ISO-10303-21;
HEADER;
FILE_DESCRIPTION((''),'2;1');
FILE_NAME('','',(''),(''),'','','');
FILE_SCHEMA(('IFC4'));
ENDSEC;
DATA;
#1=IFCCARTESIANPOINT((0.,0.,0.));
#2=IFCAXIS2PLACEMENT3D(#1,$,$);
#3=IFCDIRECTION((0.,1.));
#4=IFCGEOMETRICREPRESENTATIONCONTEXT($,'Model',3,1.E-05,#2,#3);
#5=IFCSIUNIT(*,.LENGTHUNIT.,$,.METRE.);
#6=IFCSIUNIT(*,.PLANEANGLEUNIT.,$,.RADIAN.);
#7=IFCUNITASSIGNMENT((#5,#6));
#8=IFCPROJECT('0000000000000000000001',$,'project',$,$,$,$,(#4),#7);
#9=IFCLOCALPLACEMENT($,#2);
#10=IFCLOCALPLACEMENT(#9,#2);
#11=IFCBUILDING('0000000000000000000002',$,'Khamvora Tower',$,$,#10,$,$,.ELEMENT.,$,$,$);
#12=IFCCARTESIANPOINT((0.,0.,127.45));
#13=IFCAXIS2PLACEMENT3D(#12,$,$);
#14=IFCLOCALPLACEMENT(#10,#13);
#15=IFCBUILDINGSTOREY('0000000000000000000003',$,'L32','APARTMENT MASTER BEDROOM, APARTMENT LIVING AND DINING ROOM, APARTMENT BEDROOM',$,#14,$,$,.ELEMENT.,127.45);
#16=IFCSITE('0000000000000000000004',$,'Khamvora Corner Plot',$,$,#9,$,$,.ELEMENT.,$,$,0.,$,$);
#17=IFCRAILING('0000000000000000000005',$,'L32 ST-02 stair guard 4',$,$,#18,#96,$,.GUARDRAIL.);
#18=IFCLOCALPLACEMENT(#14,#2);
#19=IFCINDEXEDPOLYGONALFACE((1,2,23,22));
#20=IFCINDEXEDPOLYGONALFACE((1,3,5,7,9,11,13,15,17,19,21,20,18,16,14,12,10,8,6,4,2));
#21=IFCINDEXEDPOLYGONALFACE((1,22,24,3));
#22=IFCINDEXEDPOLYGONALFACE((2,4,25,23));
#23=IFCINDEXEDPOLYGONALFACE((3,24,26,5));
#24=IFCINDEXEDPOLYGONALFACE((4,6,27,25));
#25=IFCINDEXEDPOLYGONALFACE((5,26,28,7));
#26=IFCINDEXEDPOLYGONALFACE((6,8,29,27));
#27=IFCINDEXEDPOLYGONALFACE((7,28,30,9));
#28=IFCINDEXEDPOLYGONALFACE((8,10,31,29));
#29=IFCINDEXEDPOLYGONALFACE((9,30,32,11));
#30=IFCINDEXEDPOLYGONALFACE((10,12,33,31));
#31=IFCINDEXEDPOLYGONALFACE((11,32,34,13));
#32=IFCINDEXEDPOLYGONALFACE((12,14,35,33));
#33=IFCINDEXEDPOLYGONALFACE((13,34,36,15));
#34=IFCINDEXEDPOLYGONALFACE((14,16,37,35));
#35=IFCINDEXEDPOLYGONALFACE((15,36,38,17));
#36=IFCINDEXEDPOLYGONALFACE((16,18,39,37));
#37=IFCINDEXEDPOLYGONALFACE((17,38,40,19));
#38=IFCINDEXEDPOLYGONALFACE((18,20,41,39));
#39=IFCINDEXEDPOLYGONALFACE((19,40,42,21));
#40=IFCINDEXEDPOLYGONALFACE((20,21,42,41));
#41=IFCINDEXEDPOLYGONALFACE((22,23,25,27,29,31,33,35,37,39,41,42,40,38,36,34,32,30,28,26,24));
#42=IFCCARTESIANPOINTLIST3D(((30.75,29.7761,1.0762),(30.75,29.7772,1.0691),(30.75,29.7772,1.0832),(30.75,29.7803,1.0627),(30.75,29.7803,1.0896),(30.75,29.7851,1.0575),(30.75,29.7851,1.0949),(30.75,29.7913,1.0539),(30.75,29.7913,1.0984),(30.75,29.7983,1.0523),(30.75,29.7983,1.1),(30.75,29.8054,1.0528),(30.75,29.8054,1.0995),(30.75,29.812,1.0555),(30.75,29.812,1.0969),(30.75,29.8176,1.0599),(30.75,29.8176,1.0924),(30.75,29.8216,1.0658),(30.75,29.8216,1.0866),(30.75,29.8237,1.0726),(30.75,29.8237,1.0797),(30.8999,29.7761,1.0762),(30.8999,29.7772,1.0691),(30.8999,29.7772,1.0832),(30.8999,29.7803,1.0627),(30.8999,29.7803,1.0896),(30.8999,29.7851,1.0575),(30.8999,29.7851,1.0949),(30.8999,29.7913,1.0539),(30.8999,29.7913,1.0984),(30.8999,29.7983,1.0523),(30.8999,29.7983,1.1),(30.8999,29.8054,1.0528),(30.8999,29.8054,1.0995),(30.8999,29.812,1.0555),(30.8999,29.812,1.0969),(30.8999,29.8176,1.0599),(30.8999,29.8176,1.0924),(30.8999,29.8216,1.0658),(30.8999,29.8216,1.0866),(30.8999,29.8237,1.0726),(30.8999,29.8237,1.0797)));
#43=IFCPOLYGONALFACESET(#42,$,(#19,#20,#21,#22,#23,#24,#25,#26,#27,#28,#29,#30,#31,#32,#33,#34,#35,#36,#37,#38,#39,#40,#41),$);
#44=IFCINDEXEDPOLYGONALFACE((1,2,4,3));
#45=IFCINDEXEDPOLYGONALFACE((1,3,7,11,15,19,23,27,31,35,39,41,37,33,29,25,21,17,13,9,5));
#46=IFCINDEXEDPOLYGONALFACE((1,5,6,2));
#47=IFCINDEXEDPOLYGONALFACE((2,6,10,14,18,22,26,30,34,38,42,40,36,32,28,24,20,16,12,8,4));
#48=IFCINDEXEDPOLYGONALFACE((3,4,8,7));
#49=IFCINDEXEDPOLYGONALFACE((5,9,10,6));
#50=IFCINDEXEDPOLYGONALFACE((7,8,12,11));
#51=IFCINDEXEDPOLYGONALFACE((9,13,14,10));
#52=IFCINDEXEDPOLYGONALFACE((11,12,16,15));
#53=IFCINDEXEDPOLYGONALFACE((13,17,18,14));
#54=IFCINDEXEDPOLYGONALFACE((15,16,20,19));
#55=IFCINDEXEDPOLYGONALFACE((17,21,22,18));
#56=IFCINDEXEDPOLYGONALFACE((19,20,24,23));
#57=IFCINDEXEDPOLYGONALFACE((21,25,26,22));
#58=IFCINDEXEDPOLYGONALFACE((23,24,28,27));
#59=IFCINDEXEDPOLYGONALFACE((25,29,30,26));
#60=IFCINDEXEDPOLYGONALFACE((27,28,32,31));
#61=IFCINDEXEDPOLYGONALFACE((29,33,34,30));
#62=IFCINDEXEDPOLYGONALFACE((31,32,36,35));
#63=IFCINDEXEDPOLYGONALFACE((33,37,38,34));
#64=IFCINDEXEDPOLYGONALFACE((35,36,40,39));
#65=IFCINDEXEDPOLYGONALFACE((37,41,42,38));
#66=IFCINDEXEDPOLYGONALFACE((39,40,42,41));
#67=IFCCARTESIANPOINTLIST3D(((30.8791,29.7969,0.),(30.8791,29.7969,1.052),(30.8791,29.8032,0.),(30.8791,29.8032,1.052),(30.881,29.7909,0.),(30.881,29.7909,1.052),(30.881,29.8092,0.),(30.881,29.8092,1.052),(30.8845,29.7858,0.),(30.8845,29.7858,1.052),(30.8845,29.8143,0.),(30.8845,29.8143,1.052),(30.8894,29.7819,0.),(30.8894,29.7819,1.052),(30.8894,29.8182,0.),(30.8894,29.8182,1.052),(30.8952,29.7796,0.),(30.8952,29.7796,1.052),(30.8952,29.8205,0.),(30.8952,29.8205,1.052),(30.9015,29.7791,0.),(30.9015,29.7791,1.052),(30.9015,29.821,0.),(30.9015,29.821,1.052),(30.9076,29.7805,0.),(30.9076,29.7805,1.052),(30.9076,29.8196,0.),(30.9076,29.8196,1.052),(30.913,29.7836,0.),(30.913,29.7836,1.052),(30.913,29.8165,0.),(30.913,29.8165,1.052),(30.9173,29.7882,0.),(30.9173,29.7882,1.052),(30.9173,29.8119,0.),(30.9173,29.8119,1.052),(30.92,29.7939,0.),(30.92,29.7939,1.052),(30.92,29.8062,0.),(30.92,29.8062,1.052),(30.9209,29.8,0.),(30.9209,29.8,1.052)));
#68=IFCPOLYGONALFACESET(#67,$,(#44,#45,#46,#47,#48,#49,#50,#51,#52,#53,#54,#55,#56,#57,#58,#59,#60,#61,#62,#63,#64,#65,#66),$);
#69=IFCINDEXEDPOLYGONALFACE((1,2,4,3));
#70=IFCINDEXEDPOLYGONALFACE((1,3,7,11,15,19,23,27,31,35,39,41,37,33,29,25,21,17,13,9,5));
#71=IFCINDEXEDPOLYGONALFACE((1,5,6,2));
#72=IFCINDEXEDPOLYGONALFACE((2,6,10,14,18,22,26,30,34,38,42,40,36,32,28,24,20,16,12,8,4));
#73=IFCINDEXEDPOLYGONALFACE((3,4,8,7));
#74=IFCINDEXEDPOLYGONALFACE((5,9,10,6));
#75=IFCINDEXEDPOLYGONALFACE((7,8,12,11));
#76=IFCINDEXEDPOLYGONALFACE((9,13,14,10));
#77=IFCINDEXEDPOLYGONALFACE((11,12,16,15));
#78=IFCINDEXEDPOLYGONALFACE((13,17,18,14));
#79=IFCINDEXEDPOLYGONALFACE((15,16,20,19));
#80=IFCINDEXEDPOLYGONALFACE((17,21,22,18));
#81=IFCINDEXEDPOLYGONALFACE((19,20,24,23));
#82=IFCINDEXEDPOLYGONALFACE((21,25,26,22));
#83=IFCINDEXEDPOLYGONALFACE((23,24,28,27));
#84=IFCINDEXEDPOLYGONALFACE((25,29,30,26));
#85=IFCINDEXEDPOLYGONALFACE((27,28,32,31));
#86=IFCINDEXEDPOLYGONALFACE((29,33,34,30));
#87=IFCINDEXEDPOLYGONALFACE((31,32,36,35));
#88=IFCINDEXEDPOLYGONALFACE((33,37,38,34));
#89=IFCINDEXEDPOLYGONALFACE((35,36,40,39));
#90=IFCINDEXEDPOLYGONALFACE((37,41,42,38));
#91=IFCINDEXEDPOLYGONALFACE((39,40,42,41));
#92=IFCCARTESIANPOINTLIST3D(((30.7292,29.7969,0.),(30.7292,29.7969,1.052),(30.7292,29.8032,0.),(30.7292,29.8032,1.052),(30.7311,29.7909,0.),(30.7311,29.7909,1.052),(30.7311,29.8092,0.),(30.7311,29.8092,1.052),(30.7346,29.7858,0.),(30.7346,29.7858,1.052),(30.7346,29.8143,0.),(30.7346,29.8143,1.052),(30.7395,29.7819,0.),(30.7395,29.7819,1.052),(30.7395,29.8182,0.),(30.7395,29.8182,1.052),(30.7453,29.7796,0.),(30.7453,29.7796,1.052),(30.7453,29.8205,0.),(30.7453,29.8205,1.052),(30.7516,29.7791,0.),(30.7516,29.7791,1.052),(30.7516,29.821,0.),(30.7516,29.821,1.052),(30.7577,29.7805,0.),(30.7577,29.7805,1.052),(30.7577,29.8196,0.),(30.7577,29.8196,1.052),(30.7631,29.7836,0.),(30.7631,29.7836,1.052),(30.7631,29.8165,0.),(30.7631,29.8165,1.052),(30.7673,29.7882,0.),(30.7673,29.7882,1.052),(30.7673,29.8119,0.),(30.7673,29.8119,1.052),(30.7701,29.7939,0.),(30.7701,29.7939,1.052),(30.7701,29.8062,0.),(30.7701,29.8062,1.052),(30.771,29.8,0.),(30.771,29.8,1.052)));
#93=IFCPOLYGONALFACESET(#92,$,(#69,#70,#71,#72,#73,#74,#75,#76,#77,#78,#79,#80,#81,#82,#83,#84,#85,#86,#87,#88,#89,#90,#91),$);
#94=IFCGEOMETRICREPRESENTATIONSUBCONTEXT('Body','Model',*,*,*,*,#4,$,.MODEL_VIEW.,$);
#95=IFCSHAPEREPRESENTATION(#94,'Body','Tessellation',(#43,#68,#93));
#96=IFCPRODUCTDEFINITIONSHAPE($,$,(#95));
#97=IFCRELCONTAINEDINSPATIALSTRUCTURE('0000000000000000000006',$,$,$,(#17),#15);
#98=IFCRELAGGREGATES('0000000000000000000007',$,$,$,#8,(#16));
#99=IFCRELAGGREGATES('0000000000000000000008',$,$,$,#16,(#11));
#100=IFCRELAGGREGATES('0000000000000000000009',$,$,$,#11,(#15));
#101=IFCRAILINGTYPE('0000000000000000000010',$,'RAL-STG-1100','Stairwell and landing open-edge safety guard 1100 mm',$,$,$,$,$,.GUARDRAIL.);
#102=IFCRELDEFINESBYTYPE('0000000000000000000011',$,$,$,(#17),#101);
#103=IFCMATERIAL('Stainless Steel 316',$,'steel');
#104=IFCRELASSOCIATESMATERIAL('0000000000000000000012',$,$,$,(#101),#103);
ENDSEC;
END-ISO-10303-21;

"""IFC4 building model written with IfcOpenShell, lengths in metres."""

from ifc_helpers import new_model, si_unit, direction, frame, origin, origin_2d, place, context, subcontext, project, spatial, circle, extrude, material, type_object, element, save


model = new_model("IFC4")

# Units and contexts
model_context = context("Model", 3, precision=1e-05, world=origin(), true_north=direction((0.0, 1.0)))
body_context = subcontext(model_context, "Body", "Model", "MODEL_VIEW")
ifc_project = project(units=[si_unit("LENGTHUNIT", "METRE"), si_unit("PLANEANGLEUNIT", "RADIAN")], contexts=[model_context])

# Site, building, storey
site_placement = place(None, origin())
site = spatial("IfcSite", under=ifc_project, at=site_placement, Name="Khamvora Corner Plot", CompositionType="ELEMENT", RefElevation=0.0)
building_placement = place(site_placement, origin())
building = spatial("IfcBuilding", under=site, at=building_placement, Name="Khamvora Tower", CompositionType="ELEMENT")
storey_placement = place(building_placement, frame((0.0, 0.0, 127.45)))
storey = spatial("IfcBuildingStorey", under=building, at=storey_placement, Name="L32", Description="APARTMENT MASTER BEDROOM, APARTMENT LIVING AND DINING ROOM, APARTMENT BEDROOM", CompositionType="ELEMENT", Elevation=127.45)

# Railing
ifc_material_1 = material(Name="Stainless Steel 316", Category="steel")
railing_type_1 = type_object("IfcRailingType", Name="RAL-STG-1100", Description="Stairwell and landing open-edge safety guard 1100 mm", PredefinedType="GUARDRAIL", material=ifc_material_1)
railing_1_placement = place(storey_placement, frame((30.8999, 29.8, 0.0)))
element("IfcRailing", 1, at=railing_1_placement, inside=storey, type_object=railing_type_1, Name="L32 ST-02 stair guard 4", PredefinedType="GUARDRAIL", context=body_context, shape_type="SweptSolid", body=[
    extrude(circle(Radius=0.0239, at=origin_2d()), frame((0.0, 0.0, 1.0762), z_axis=(-1.0, 0.0, 0.0), x_axis=(0.0, -1.0, 0.0)), (0.0, 0.0, 1.0), 0.1499),
    extrude(circle(Radius=0.021, at=origin_2d()), origin(), (0.0, 0.0, 1.0), 1.052),
    extrude(circle(Radius=0.021, at=origin_2d()), frame((-0.1499, 0.0, 0.0)), (0.0, 0.0, 1.0), 1.052),
])

save(model, "model.ifc")
